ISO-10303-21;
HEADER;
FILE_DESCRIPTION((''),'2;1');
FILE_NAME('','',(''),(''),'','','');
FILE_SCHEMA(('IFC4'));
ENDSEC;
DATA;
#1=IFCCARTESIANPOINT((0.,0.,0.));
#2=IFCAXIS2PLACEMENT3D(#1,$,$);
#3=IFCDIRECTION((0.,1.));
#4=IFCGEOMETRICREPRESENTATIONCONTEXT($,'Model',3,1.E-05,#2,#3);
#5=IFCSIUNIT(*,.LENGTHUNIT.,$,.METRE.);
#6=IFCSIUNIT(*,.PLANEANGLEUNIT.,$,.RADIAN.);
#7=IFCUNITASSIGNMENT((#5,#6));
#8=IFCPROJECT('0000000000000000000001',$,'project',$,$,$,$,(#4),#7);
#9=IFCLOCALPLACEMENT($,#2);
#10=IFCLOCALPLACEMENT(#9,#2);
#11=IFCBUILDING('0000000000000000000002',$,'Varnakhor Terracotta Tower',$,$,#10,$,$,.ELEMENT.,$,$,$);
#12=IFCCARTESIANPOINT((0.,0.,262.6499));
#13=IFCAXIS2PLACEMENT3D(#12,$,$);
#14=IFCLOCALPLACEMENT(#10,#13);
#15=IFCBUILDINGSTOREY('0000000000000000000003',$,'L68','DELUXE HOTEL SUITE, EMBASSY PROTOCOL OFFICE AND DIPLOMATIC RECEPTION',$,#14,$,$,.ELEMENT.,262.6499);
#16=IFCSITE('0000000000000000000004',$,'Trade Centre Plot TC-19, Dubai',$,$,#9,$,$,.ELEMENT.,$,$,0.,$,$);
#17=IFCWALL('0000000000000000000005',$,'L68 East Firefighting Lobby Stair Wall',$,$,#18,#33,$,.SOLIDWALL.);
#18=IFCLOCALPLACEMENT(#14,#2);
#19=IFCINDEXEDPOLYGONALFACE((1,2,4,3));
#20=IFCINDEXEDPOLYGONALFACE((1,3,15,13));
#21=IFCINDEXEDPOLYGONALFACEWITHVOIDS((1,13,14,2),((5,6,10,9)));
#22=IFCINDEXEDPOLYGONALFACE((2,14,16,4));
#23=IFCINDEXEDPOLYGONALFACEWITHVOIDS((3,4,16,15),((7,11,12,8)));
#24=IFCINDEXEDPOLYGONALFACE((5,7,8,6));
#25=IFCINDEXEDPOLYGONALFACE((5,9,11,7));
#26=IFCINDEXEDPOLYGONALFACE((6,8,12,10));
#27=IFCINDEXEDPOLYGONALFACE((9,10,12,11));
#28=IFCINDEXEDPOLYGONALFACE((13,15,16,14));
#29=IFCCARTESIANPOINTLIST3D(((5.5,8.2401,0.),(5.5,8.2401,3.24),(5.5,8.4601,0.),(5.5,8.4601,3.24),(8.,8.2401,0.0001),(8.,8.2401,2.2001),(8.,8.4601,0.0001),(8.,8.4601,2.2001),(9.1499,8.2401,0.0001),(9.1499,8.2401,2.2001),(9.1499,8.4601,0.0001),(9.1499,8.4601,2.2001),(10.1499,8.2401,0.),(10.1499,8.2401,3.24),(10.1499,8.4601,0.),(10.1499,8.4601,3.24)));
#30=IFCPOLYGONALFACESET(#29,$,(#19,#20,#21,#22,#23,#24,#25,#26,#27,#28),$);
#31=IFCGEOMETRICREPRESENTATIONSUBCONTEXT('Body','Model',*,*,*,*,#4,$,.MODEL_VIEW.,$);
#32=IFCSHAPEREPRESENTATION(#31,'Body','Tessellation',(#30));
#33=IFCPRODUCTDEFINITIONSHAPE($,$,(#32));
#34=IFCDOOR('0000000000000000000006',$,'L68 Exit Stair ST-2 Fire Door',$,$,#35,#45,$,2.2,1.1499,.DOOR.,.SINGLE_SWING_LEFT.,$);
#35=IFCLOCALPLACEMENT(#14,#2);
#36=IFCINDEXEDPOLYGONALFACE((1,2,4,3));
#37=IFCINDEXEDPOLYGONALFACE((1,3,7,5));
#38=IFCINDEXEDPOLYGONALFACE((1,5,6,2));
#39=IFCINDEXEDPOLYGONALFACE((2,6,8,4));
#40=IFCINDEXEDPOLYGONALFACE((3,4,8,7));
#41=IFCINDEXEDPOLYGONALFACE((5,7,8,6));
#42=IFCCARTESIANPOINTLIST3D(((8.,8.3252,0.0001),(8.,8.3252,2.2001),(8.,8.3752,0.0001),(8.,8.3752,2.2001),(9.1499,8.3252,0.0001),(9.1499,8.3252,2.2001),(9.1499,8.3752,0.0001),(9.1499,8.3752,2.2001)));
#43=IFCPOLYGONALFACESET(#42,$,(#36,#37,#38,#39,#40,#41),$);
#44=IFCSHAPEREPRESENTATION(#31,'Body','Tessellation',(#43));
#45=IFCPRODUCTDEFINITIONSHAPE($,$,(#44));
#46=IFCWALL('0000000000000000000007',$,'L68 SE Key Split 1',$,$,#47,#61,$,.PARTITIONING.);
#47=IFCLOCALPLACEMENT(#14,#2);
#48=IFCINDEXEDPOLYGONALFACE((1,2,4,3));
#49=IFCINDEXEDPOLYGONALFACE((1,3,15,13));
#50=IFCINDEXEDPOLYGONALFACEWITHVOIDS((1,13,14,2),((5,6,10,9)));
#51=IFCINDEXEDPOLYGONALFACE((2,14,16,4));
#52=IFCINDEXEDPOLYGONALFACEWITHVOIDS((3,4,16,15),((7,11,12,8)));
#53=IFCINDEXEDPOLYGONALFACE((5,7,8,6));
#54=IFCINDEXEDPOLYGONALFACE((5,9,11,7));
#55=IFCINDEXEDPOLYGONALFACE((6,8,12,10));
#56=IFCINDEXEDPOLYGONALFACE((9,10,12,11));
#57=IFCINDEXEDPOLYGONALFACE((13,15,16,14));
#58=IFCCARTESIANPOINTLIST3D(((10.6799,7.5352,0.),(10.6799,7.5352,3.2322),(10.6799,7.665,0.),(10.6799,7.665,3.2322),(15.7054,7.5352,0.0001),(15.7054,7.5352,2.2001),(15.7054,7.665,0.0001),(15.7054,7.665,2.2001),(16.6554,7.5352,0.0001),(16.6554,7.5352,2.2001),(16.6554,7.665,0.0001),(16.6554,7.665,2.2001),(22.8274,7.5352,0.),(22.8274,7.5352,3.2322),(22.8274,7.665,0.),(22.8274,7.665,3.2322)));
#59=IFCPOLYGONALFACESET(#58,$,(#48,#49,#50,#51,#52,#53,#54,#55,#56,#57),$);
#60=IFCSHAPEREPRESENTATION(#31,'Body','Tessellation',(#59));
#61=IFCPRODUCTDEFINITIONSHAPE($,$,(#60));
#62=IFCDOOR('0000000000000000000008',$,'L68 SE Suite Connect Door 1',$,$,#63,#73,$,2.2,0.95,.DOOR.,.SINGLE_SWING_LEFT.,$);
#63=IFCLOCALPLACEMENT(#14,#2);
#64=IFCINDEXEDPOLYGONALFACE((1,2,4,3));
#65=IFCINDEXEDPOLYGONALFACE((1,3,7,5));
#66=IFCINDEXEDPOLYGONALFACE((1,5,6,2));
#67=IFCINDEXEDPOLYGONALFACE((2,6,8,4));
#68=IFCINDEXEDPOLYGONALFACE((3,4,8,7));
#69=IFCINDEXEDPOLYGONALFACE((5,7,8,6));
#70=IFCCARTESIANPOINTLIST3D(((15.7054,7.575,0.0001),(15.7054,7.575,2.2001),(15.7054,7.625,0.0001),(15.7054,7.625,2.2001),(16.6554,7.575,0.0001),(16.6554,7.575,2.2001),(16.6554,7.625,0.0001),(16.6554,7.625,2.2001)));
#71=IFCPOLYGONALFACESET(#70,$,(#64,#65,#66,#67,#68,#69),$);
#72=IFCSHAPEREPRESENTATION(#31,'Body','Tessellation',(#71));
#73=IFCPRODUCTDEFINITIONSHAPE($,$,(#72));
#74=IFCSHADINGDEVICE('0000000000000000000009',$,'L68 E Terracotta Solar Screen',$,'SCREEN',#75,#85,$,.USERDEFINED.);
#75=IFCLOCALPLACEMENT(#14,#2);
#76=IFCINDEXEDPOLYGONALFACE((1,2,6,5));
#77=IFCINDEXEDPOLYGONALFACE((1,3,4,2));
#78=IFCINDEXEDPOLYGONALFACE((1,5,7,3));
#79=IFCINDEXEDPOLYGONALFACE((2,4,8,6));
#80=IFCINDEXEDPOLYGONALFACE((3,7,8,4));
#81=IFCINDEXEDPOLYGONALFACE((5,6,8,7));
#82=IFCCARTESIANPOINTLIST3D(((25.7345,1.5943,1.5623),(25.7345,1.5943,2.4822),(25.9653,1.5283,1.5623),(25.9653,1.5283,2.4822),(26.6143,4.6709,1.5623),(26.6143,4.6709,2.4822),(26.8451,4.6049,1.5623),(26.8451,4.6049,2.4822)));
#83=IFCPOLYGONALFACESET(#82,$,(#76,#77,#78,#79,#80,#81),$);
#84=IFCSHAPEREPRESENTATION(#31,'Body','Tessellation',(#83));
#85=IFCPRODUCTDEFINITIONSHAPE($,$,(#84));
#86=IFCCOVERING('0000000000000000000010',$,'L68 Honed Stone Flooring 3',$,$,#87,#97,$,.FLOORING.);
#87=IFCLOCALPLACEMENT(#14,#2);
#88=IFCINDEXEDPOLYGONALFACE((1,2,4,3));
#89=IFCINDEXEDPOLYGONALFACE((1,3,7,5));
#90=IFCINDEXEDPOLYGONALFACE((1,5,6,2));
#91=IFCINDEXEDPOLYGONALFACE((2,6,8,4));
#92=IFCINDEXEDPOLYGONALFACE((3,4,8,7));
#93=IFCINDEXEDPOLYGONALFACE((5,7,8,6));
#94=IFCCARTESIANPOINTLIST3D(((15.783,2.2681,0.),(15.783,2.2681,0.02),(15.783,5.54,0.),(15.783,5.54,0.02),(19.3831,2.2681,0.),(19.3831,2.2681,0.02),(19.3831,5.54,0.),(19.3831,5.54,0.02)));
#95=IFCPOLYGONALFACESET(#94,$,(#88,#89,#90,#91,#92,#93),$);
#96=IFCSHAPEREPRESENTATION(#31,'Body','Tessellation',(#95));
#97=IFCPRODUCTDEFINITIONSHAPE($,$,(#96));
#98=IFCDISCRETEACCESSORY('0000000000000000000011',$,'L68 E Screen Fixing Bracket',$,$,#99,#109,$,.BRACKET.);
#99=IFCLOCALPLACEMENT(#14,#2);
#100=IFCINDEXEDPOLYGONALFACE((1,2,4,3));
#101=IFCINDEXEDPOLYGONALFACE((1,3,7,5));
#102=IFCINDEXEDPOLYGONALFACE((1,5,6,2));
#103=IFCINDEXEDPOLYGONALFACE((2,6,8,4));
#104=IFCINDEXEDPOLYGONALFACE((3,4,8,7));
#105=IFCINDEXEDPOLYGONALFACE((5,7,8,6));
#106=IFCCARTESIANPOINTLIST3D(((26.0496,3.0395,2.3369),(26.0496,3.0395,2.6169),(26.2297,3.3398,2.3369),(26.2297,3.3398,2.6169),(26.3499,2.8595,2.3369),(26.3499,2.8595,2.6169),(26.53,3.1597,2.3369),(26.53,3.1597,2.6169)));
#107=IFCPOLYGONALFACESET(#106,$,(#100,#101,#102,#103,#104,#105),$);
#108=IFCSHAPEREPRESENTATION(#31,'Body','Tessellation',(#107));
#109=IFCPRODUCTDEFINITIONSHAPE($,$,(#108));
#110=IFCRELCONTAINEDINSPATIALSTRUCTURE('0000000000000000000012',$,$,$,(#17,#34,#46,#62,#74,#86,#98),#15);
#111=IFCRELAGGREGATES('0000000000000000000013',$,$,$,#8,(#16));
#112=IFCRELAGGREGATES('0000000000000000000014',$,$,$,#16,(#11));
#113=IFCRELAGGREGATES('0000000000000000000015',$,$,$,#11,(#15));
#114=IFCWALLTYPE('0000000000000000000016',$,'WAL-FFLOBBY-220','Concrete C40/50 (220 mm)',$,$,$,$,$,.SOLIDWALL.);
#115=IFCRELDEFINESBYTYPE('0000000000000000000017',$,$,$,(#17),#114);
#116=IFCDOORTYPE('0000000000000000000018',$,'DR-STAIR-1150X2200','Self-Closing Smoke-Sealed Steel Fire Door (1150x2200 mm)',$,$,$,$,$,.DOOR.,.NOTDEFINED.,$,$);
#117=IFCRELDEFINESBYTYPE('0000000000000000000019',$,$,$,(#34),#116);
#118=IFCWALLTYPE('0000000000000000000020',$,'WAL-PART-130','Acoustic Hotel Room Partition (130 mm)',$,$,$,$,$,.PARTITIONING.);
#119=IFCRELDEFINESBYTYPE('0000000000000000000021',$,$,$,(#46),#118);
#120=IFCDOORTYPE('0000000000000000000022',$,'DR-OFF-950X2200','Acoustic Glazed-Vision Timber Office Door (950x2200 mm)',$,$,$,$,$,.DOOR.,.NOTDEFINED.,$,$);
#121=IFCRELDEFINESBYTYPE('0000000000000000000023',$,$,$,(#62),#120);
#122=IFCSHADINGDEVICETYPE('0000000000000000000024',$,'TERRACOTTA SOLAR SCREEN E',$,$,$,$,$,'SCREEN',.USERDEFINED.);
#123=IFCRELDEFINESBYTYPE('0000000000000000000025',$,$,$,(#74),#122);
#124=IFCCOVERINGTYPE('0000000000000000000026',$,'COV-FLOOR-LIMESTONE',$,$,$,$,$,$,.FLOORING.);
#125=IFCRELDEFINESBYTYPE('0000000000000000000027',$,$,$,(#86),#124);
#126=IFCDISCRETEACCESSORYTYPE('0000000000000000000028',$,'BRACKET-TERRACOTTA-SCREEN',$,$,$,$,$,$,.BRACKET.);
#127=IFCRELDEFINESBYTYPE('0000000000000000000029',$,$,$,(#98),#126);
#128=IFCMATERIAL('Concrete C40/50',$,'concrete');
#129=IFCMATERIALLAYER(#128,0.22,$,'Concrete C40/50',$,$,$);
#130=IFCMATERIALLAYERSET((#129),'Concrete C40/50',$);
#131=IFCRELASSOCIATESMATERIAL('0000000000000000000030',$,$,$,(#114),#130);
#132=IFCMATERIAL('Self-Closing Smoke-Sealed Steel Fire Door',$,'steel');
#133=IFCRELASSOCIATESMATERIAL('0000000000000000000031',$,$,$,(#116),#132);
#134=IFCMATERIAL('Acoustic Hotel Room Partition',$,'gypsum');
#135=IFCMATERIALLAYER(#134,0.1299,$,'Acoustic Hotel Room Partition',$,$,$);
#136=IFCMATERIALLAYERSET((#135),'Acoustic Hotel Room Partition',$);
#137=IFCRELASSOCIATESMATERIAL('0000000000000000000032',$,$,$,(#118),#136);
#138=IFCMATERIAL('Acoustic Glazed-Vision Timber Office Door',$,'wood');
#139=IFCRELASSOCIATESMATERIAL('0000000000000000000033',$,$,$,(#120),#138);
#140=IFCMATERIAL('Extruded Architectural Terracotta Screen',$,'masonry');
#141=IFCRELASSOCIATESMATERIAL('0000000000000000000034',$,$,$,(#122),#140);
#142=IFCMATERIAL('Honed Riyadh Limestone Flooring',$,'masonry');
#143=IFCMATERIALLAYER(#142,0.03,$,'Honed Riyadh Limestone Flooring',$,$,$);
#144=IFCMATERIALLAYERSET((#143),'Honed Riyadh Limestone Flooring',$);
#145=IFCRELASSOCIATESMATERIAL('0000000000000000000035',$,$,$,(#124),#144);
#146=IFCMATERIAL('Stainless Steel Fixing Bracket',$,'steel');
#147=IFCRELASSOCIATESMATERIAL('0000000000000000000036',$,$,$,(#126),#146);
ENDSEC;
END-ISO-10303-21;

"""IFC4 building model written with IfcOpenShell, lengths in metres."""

from ifc_helpers import new_model, si_unit, direction, frame, frame_2d, origin, origin_2d, place, context, subcontext, project, spatial, rectangle, extrude, source, transform, mapped, material, layer, layer_set, type_object, type_shapes, element, fill, save


model = new_model("IFC4")

# Units and contexts
model_context = context("Model", 3, precision=1e-05, world=origin(), true_north=direction((0.0, 1.0)))
body_context = subcontext(model_context, "Body", "Model", "MODEL_VIEW")
ifc_project = project(units=[si_unit("LENGTHUNIT", "METRE"), si_unit("PLANEANGLEUNIT", "RADIAN")], contexts=[model_context])

# Site, building, storey
site_placement = place(None, origin())
site = spatial("IfcSite", under=ifc_project, at=site_placement, Name="Trade Centre Plot TC-19, Dubai", CompositionType="ELEMENT", RefElevation=0.0)
building_placement = place(site_placement, origin())
building = spatial("IfcBuilding", under=site, at=building_placement, Name="Varnakhor Terracotta Tower", CompositionType="ELEMENT")
storey_placement = place(building_placement, frame((0.0, 0.0, 262.6499)))
storey = spatial("IfcBuildingStorey", under=building, at=storey_placement, Name="L68", Description="DELUXE HOTEL SUITE, EMBASSY PROTOCOL OFFICE AND DIPLOMATIC RECEPTION", CompositionType="ELEMENT", Elevation=262.6499)

# Walls, openings, doors
ifc_material_1 = material(Name="Concrete C40/50", Category="concrete")
ifc_layer_1 = layer(ifc_material_1, 0.22, Name="Concrete C40/50")
ifc_layer_set_1 = layer_set([ifc_layer_1], Name="Concrete C40/50")
wall_type_1 = type_object("IfcWallType", Name="WAL-FFLOBBY-220", Description="Concrete C40/50 (220 mm)", PredefinedType="SOLIDWALL", material=ifc_layer_set_1)
wall_1_placement = place(storey_placement, frame((10.1499, 8.3501, 0.0), z_axis=(0.0, 0.0, 1.0), x_axis=(-1.0, 0.0, 0.0)))
wall_1 = element("IfcWall", 1, at=wall_1_placement, inside=storey, type_object=wall_type_1, Name="L68 East Firefighting Lobby Stair Wall", PredefinedType="SOLIDWALL", context=body_context, shape_type="SweptSolid", body=[
    extrude(rectangle(XDim=4.6499, YDim=0.22, at=frame_2d((2.325, 0.0))), origin(), (0.0, 0.0, 1.0), 3.24),
])
opening_1_placement = place(wall_1_placement, frame((1.0, 0.0, 0.0)))
opening_1 = element("IfcOpeningElement", 2, at=opening_1_placement, cuts=wall_1, PredefinedType="OPENING", context=body_context, shape_type="SweptSolid", body=[
    extrude(rectangle(XDim=1.1499, YDim=2.2, at=frame_2d((0.575, 1.1001))), frame((0.0, 0.1201, 0.0), z_axis=(0.0, -1.0, 0.0), x_axis=(1.0, 0.0, 0.0)), (0.0, 0.0, 1.0), 0.24),
])
ifc_material_2 = material(Name="Self-Closing Smoke-Sealed Steel Fire Door", Category="steel")
door_type_1 = type_object("IfcDoorType", Name="DR-STAIR-1150X2200", Description="Self-Closing Smoke-Sealed Steel Fire Door (1150x2200 mm)", OperationType="NOTDEFINED", PredefinedType="DOOR", material=ifc_material_2)
shared_shape_1 = source(origin(), body_context, "Body", "SweptSolid", [
    extrude(rectangle(XDim=1.1499, YDim=2.2, at=frame_2d((0.575, 1.1001))), frame((0.0, 0.0249, 0.0), z_axis=(0.0, -1.0, 0.0), x_axis=(1.0, 0.0, 0.0)), (0.0, 0.0, 1.0), 0.05),
])
type_shapes(door_type_1, [shared_shape_1])
door_1_placement = place(opening_1_placement, origin())
door_1 = element("IfcDoor", 3, at=door_1_placement, inside=storey, type_object=door_type_1, Name="L68 Exit Stair ST-2 Fire Door", OperationType="SINGLE_SWING_LEFT", OverallHeight=2.2, OverallWidth=1.1499, PredefinedType="DOOR", context=body_context, shape_type="MappedRepresentation", body=[
    mapped(shared_shape_1, transform((0.0, 0.0, 0.0), scale=1.0)),
])
fill(opening_1, door_1)
ifc_material_3 = material(Name="Acoustic Hotel Room Partition", Category="gypsum")
ifc_layer_2 = layer(ifc_material_3, 0.1299, Name="Acoustic Hotel Room Partition")
ifc_layer_set_2 = layer_set([ifc_layer_2], Name="Acoustic Hotel Room Partition")
wall_type_2 = type_object("IfcWallType", Name="WAL-PART-130", Description="Acoustic Hotel Room Partition (130 mm)", PredefinedType="PARTITIONING", material=ifc_layer_set_2)
wall_2_placement = place(storey_placement, frame((10.6799, 7.6001, 0.0), z_axis=(0.0, 0.0, 1.0), x_axis=(1.0, 0.0, 0.0)))
wall_2 = element("IfcWall", 4, at=wall_2_placement, inside=storey, type_object=wall_type_2, Name="L68 SE Key Split 1", PredefinedType="PARTITIONING", context=body_context, shape_type="SweptSolid", body=[
    extrude(rectangle(XDim=12.1475, YDim=0.1299, at=frame_2d((6.0737, 0.0))), origin(), (0.0, 0.0, 1.0), 3.2322),
])
opening_2_placement = place(wall_2_placement, frame((5.0254, 0.0, 0.0)))
opening_2 = element("IfcOpeningElement", 5, at=opening_2_placement, cuts=wall_2, PredefinedType="OPENING", context=body_context, shape_type="SweptSolid", body=[
    extrude(rectangle(XDim=0.95, YDim=2.2, at=frame_2d((0.4751, 1.1001))), frame((0.0, 0.075, 0.0), z_axis=(0.0, -1.0, 0.0), x_axis=(1.0, 0.0, 0.0)), (0.0, 0.0, 1.0), 0.1499),
])
ifc_material_4 = material(Name="Acoustic Glazed-Vision Timber Office Door", Category="wood")
door_type_2 = type_object("IfcDoorType", Name="DR-OFF-950X2200", Description="Acoustic Glazed-Vision Timber Office Door (950x2200 mm)", OperationType="NOTDEFINED", PredefinedType="DOOR", material=ifc_material_4)
shared_shape_2 = source(origin(), body_context, "Body", "SweptSolid", [
    extrude(rectangle(XDim=0.95, YDim=2.2, at=frame_2d((0.4751, 1.1001))), frame((0.0, 0.0249, 0.0), z_axis=(0.0, -1.0, 0.0), x_axis=(1.0, 0.0, 0.0)), (0.0, 0.0, 1.0), 0.05),
])
type_shapes(door_type_2, [shared_shape_2])
door_2_placement = place(opening_2_placement, origin())
door_2 = element("IfcDoor", 6, at=door_2_placement, inside=storey, type_object=door_type_2, Name="L68 SE Suite Connect Door 1", OperationType="SINGLE_SWING_LEFT", OverallHeight=2.2, OverallWidth=0.95, PredefinedType="DOOR", context=body_context, shape_type="MappedRepresentation", body=[
    mapped(shared_shape_2, transform((0.0, 0.0, 0.0), scale=1.0)),
])
fill(opening_2, door_2)

# Shading device
ifc_material_5 = material(Name="Extruded Architectural Terracotta Screen", Category="masonry")
shading_device_type = type_object("IfcShadingDeviceType", Name="TERRACOTTA SOLAR SCREEN E", ElementType="SCREEN", PredefinedType="USERDEFINED", material=ifc_material_5)
shared_shape_3 = source(origin(), body_context, "Body", "SweptSolid", [
    extrude(rectangle(XDim=3.2, YDim=0.24, at=origin_2d()), origin(), (0.0, 0.0, 1.0), 0.9199),
])
type_shapes(shading_device_type, [shared_shape_3])
shading_device_placement = place(storey_placement, frame((26.2898, 3.0996, 1.5623), z_axis=(0.0, 0.0, 1.0), x_axis=(0.274933, 0.961463, 0.0)))
element("IfcShadingDevice", 7, at=shading_device_placement, inside=storey, type_object=shading_device_type, Name="L68 E Terracotta Solar Screen", ObjectType="SCREEN", PredefinedType="USERDEFINED", context=body_context, shape_type="MappedRepresentation", body=[
    mapped(shared_shape_3, transform((0.0, 0.0, 0.0), scale=1.0)),
])

# Covering
ifc_material_6 = material(Name="Honed Riyadh Limestone Flooring", Category="masonry")
ifc_layer_3 = layer(ifc_material_6, 0.03, Name="Honed Riyadh Limestone Flooring")
ifc_layer_set_3 = layer_set([ifc_layer_3], Name="Honed Riyadh Limestone Flooring")
covering_type = type_object("IfcCoveringType", Name="COV-FLOOR-LIMESTONE", PredefinedType="FLOORING", material=ifc_layer_set_3)
shared_shape_4 = source(origin(), body_context, "Body", "SweptSolid", [
    extrude(rectangle(XDim=3.6001, YDim=3.272, at=origin_2d()), origin(), (0.0, 0.0, 1.0), 0.02),
])
covering_placement = place(storey_placement, frame((17.583, 3.9041, 0.0), z_axis=(0.0, 0.0, 1.0), x_axis=(1.0, 0.0, 0.0)))
element("IfcCovering", 8, at=covering_placement, inside=storey, type_object=covering_type, Name="L68 Honed Stone Flooring 3", PredefinedType="FLOORING", context=body_context, shape_type="MappedRepresentation", body=[
    mapped(shared_shape_4, transform((0.0, 0.0, 0.0), scale=1.0)),
])

# Discrete accessory
ifc_material_7 = material(Name="Stainless Steel Fixing Bracket", Category="steel")
discrete_accessory_type = type_object("IfcDiscreteAccessoryType", Name="BRACKET-TERRACOTTA-SCREEN", PredefinedType="BRACKET", material=ifc_material_7)
shared_shape_5 = source(origin(), body_context, "Body", "SweptSolid", [
    extrude(rectangle(XDim=0.3501, YDim=0.3501, at=origin_2d()), origin(), (0.0, 0.0, 1.0), 0.28),
])
type_shapes(discrete_accessory_type, [shared_shape_5])
discrete_accessory_placement = place(storey_placement, frame((26.2898, 3.0996, 2.3369), z_axis=(0.0, 0.0, 1.0), x_axis=(0.51441, 0.857545, 0.0)))
element("IfcDiscreteAccessory", 9, at=discrete_accessory_placement, inside=storey, type_object=discrete_accessory_type, Name="L68 E Screen Fixing Bracket", PredefinedType="BRACKET", context=body_context, shape_type="MappedRepresentation", body=[
    mapped(shared_shape_5, transform((0.0, 0.0, 0.0), scale=1.0)),
])

save(model, "model.ifc")
